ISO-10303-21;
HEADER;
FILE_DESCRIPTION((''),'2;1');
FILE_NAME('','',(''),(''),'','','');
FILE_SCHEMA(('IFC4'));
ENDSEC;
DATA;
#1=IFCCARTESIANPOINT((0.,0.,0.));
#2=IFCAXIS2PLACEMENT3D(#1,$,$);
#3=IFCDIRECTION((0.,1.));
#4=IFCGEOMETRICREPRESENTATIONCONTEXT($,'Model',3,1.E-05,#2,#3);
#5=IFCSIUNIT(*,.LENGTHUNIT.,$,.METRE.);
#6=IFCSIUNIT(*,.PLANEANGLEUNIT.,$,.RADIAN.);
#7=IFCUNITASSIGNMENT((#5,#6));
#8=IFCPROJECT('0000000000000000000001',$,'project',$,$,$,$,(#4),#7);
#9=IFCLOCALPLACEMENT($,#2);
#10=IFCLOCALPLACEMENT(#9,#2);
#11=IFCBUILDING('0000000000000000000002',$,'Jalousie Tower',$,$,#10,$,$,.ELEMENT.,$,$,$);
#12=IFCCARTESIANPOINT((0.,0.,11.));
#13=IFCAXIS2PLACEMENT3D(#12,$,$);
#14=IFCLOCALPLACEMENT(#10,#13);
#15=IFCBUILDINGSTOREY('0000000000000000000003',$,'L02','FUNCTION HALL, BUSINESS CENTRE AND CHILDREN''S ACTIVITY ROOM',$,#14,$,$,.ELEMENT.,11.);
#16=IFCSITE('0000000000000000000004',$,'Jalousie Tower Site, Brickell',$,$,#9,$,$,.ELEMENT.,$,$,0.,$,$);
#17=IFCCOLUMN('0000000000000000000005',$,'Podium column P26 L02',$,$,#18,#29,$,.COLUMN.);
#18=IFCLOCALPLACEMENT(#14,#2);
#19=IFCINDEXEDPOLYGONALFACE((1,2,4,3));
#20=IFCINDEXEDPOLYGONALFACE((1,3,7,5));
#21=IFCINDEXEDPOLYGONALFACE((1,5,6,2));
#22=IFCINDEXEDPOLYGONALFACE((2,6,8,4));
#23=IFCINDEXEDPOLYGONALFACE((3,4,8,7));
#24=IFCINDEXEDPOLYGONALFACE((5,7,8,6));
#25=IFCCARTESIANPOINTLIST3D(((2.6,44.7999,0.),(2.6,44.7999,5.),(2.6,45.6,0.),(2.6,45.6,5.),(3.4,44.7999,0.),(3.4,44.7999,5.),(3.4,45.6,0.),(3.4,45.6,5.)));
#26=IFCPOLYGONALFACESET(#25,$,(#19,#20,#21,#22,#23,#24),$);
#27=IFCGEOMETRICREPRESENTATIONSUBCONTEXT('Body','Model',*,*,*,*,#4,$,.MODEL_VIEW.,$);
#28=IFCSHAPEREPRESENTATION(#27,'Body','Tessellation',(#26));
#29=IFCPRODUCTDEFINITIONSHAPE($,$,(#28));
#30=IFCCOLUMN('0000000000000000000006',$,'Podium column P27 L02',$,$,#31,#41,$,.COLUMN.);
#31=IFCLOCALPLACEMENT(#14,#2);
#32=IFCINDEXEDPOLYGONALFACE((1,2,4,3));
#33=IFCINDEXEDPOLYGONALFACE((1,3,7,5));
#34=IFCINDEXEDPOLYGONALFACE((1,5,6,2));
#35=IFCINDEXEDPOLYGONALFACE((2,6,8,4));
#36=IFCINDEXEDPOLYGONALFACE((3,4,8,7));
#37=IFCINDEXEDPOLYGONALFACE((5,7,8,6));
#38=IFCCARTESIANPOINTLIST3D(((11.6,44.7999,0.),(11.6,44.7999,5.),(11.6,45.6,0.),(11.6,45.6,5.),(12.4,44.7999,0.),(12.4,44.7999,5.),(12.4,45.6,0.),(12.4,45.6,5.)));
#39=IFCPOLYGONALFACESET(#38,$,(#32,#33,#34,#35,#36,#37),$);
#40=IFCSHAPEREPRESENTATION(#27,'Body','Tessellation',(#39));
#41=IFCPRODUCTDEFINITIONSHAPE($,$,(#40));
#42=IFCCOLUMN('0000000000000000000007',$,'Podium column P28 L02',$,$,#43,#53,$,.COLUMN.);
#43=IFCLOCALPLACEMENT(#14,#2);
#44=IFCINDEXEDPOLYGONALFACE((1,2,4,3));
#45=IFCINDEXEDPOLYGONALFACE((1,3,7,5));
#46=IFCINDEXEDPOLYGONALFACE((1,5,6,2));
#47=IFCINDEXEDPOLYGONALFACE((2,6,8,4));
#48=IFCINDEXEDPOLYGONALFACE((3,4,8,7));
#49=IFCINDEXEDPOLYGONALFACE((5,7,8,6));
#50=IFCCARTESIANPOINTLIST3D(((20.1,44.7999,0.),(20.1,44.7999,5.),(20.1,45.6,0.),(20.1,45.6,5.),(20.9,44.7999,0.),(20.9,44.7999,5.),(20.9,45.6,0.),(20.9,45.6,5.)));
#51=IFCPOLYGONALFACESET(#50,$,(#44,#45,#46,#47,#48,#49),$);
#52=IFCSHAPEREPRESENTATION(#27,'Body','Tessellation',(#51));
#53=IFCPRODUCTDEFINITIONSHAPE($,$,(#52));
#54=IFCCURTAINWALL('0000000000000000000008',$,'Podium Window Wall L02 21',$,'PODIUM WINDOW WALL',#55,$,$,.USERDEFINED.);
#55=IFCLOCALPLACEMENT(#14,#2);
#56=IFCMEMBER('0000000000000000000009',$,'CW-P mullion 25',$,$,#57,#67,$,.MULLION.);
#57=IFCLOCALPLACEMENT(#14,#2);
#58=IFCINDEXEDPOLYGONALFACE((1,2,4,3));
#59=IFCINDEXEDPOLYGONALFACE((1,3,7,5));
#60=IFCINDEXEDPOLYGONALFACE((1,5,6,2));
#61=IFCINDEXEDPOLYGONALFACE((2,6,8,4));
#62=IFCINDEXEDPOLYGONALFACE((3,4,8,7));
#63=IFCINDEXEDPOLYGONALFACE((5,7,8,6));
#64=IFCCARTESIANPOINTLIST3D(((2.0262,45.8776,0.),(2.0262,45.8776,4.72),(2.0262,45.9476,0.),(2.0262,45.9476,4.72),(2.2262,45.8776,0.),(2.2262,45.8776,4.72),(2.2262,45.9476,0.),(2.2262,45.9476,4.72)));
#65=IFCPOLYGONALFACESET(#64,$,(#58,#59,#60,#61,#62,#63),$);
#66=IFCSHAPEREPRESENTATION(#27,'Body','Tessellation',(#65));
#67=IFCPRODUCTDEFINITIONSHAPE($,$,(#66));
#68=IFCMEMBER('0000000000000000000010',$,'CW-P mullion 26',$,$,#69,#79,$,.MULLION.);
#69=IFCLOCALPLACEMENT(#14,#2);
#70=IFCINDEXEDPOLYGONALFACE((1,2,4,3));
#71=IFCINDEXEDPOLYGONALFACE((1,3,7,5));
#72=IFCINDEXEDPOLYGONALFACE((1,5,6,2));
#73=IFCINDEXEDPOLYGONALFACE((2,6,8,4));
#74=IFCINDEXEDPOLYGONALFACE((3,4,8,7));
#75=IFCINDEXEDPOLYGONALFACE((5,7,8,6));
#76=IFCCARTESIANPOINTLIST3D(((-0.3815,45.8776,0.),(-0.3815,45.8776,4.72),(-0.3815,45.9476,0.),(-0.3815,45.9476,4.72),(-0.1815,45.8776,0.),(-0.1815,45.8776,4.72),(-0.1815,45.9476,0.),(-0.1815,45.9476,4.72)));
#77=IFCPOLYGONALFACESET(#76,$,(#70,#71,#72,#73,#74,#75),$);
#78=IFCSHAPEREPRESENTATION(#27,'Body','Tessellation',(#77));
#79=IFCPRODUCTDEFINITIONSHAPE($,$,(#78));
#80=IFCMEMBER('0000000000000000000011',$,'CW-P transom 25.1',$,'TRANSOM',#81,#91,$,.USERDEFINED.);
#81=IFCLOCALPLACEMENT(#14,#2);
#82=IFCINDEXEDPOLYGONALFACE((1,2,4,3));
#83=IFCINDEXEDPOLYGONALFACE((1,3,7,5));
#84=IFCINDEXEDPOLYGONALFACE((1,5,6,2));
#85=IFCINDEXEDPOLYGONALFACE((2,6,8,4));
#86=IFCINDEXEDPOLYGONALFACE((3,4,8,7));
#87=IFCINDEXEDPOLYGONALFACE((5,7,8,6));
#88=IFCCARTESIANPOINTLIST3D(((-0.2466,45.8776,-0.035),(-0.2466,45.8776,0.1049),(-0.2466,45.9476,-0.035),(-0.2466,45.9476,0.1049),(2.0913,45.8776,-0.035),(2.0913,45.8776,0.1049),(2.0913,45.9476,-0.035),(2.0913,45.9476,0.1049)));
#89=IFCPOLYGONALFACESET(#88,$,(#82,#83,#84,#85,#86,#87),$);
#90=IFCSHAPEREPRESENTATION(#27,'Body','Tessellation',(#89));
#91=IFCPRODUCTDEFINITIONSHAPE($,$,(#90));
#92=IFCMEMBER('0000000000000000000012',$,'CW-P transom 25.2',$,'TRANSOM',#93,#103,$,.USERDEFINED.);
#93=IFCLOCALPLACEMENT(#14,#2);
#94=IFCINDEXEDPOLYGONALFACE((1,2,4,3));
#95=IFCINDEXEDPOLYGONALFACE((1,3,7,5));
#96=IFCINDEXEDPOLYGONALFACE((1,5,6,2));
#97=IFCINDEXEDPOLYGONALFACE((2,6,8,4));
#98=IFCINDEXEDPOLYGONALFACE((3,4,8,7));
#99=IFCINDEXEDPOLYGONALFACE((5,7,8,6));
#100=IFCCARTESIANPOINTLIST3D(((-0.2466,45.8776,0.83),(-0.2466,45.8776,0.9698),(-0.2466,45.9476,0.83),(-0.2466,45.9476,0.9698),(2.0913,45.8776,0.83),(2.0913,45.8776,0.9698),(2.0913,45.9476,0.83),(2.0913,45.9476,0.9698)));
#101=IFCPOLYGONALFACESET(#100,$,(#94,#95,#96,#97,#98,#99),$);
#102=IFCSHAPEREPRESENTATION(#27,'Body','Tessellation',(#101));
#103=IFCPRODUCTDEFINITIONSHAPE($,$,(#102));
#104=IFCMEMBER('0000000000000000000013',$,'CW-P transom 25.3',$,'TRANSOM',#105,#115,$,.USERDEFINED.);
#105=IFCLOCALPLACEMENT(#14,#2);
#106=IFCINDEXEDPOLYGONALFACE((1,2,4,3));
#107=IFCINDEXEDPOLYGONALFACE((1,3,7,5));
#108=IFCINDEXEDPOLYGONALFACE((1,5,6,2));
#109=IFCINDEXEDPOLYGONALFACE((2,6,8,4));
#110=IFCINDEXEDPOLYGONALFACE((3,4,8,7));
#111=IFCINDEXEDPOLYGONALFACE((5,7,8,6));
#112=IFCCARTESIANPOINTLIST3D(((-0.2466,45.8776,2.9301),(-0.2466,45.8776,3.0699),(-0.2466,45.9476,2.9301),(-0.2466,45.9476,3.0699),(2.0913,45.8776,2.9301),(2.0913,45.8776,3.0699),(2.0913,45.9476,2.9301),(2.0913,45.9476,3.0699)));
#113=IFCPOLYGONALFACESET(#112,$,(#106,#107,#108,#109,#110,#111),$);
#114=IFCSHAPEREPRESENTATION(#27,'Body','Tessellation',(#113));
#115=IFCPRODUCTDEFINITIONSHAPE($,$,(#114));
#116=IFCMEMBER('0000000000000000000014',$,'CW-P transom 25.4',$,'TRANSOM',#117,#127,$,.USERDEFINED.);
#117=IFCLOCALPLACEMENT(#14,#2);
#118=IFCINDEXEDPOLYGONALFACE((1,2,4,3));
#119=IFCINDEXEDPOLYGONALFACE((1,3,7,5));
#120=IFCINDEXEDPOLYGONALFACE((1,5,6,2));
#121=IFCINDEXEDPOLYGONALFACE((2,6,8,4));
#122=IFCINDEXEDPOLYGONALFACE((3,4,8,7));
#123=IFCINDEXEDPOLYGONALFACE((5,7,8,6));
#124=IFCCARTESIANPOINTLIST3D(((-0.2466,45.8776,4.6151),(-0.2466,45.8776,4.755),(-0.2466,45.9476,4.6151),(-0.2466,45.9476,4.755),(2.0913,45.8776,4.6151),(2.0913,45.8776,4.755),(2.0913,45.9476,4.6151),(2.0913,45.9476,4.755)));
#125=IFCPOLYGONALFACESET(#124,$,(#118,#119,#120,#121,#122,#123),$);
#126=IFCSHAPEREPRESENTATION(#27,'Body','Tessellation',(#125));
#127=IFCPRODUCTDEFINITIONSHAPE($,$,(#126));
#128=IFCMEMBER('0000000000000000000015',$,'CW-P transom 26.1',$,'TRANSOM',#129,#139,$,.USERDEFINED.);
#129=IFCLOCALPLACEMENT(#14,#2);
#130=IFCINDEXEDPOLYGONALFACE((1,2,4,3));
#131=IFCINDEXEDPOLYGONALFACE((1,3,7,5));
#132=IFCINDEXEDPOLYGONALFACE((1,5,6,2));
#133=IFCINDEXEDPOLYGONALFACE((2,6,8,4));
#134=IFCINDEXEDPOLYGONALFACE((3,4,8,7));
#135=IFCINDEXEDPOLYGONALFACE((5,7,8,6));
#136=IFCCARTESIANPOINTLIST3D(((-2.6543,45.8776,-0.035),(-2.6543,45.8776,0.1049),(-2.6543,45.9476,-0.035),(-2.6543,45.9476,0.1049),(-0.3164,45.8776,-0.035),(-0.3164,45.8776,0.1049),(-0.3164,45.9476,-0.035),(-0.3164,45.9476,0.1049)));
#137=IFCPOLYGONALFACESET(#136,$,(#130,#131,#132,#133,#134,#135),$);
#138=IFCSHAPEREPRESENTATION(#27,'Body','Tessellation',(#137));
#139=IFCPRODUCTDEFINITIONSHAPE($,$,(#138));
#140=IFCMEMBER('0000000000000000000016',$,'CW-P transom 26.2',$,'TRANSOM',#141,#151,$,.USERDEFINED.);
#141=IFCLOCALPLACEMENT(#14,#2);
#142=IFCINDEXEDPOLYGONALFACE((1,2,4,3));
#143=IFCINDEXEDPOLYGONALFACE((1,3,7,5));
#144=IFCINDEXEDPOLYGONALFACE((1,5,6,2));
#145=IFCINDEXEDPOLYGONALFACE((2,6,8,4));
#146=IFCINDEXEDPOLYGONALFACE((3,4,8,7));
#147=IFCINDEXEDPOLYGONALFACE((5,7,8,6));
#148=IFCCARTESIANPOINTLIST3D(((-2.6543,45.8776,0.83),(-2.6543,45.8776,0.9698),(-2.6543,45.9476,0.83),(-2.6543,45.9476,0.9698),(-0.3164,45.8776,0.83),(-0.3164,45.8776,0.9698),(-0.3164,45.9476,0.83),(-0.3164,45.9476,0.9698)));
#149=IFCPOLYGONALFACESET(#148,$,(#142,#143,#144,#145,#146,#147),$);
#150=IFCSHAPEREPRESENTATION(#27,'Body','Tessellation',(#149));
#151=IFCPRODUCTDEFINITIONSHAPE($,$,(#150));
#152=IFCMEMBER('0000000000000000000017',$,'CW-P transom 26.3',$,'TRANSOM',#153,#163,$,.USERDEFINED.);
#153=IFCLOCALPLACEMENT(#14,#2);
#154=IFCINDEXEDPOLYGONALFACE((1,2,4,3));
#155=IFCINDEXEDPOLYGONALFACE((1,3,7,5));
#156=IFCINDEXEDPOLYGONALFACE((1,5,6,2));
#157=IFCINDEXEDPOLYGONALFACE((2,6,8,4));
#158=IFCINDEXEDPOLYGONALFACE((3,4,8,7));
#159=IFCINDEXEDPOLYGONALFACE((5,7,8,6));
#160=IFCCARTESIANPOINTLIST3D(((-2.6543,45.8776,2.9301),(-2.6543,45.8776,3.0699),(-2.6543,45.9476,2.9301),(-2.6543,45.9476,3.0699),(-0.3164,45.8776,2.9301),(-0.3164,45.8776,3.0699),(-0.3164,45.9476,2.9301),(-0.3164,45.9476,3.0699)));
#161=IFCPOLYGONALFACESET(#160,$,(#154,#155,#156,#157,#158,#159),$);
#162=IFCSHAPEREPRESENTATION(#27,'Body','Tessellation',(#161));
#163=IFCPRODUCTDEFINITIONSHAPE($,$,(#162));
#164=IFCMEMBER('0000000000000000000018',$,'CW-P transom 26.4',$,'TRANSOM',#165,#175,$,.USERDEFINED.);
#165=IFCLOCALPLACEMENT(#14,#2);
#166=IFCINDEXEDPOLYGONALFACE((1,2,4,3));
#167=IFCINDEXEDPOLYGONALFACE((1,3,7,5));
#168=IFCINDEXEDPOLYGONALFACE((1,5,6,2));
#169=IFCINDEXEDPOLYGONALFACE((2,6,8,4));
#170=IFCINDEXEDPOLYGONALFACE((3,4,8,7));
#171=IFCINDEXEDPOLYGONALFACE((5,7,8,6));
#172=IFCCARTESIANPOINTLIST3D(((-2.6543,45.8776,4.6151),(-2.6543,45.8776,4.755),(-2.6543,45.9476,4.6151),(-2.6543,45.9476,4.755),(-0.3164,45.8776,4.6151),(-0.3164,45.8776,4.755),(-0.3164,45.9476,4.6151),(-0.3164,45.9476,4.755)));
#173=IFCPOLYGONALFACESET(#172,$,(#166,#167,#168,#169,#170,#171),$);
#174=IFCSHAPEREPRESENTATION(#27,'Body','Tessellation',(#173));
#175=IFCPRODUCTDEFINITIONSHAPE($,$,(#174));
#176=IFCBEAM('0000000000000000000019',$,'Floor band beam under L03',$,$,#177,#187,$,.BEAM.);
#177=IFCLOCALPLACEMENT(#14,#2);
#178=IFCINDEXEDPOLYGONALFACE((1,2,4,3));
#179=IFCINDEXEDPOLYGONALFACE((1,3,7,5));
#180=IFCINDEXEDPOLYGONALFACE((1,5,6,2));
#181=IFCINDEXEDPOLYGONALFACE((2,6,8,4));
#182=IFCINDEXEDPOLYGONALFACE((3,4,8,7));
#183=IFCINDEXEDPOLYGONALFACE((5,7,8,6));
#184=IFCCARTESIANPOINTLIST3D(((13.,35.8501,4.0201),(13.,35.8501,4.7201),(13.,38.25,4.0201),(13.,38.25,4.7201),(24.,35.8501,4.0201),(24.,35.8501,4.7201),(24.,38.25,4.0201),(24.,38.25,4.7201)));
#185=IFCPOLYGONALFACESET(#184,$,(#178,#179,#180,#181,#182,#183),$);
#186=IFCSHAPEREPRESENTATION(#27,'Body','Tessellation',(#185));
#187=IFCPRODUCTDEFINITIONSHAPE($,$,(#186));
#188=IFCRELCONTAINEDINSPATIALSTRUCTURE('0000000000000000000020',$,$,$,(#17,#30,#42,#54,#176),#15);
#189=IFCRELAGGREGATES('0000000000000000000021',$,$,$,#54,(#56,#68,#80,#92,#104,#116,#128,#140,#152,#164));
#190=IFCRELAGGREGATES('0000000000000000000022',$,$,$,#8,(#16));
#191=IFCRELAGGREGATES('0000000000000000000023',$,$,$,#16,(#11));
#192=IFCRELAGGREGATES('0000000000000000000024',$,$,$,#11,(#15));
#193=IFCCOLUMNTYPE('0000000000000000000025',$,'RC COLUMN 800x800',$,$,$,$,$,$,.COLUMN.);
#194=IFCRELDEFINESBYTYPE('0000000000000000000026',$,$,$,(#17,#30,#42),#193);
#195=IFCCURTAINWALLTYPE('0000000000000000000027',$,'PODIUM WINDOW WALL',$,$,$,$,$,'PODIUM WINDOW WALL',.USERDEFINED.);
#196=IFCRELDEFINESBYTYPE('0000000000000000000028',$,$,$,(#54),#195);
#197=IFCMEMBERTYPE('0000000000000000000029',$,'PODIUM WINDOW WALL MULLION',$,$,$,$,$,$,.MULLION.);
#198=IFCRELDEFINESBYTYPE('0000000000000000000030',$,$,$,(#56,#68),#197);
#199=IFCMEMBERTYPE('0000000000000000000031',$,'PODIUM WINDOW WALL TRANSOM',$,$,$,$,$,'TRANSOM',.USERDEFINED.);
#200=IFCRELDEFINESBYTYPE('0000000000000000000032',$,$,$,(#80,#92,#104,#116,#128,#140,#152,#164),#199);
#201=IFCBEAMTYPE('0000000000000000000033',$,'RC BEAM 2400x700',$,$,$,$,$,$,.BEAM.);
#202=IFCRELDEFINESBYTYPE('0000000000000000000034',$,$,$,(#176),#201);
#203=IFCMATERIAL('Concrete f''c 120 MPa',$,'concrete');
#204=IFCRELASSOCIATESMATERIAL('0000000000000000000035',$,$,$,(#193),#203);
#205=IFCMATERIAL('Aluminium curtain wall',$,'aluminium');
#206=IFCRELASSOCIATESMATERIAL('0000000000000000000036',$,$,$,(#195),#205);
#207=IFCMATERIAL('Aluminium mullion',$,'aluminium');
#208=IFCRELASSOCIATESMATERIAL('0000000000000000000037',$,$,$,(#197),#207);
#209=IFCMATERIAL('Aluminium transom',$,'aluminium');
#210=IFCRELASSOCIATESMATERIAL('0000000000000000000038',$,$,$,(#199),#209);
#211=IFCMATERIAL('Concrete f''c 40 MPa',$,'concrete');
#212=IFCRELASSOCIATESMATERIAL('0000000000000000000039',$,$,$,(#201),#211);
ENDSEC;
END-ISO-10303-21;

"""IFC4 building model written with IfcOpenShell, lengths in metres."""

from ifc_helpers import new_model, si_unit, direction, frame, origin, origin_2d, place, context, subcontext, project, spatial, rectangle, extrude, material, material_profile, profile_set, type_object, element, aggregate, save


model = new_model("IFC4")

# Units and contexts
model_context = context("Model", 3, precision=1e-05, world=origin(), true_north=direction((0.0, 1.0)))
body_context = subcontext(model_context, "Body", "Model", "MODEL_VIEW")
ifc_project = project(units=[si_unit("LENGTHUNIT", "METRE"), si_unit("PLANEANGLEUNIT", "RADIAN")], contexts=[model_context])

# Site, building, storey
site_placement = place(None, origin())
site = spatial("IfcSite", under=ifc_project, at=site_placement, Name="Jalousie Tower Site, Brickell", CompositionType="ELEMENT", RefElevation=0.0)
building_placement = place(site_placement, origin())
building = spatial("IfcBuilding", under=site, at=building_placement, Name="Jalousie Tower", CompositionType="ELEMENT")
storey_placement = place(building_placement, frame((0.0, 0.0, 11.0)))
storey = spatial("IfcBuildingStorey", under=building, at=storey_placement, Name="L02", Description="FUNCTION HALL, BUSINESS CENTRE AND CHILDREN'S ACTIVITY ROOM", CompositionType="ELEMENT", Elevation=11.0)

# Columns
ifc_material_1 = material(Name="Concrete f'c 120 MPa", Category="concrete")
ifc_material_profile_1 = material_profile(ifc_material_1, rectangle(XDim=0.8, YDim=0.8, at=origin_2d()), Name="RC 800x800")
ifc_profile_set_1 = profile_set([ifc_material_profile_1], Name="Concrete f'c 120 MPa")
column_type = type_object("IfcColumnType", Name="RC COLUMN 800x800", PredefinedType="COLUMN", material=ifc_profile_set_1)
for number, where, z_axis, x_axis, name in (
    (1, (3.0, 45.2, 0.0), (0.0, 0.0, 1.0), (1.0, 0.0, 0.0), "Podium column P26 L02"),
    (2, (12.0, 45.2, 0.0), (0.0, 0.0, 1.0), (1.0, 0.0, 0.0), "Podium column P27 L02"),
    (3, (20.5, 45.2, 0.0), (0.0, 0.0, 1.0), (1.0, 0.0, 0.0), "Podium column P28 L02"),
):
    element("IfcColumn", number, at=place(storey_placement, frame(where, z_axis=z_axis, x_axis=x_axis)), inside=storey, type_object=column_type, Name=name, PredefinedType="COLUMN", context=body_context, shape_type="SweptSolid", body=[
        extrude(rectangle(XDim=0.8, YDim=0.8, at=origin_2d()), origin(), (0.0, 0.0, 1.0), 5.0),
    ])

# Curtain wall, members
ifc_material_2 = material(Name="Aluminium curtain wall", Category="aluminium")
curtain_wall_type = type_object("IfcCurtainWallType", Name="PODIUM WINDOW WALL", ElementType="PODIUM WINDOW WALL", PredefinedType="USERDEFINED", material=ifc_material_2)
curtain_wall_placement = place(storey_placement, origin())
curtain_wall = element("IfcCurtainWall", 4, at=curtain_wall_placement, inside=storey, type_object=curtain_wall_type, Name="Podium Window Wall L02 21", ObjectType="PODIUM WINDOW WALL", PredefinedType="USERDEFINED")
ifc_material_3 = material(Name="Aluminium mullion", Category="aluminium")
ifc_material_profile_2 = material_profile(ifc_material_3, rectangle(XDim=0.0701, YDim=0.2, at=origin_2d()), Name="MULLION 70x200")
ifc_profile_set_2 = profile_set([ifc_material_profile_2], Name="Aluminium mullion")
member_type_1 = type_object("IfcMemberType", Name="PODIUM WINDOW WALL MULLION", PredefinedType="MULLION", material=ifc_profile_set_2)
member_1_placement = place(storey_placement, frame((2.1262, 45.9126, 0.0), z_axis=(0.0, 0.0, 1.0), x_axis=(0.0, -1.0, 0.0)))
member_1 = element("IfcMember", 5, at=member_1_placement, type_object=member_type_1, Name="CW-P mullion 25", PredefinedType="MULLION", context=body_context, shape_type="SweptSolid", body=[
    extrude(rectangle(XDim=0.0701, YDim=0.2, at=origin_2d()), origin(), (0.0, 0.0, 1.0), 4.72),
])
member_2_placement = place(storey_placement, frame((-0.2815, 45.9126, 0.0), z_axis=(0.0, 0.0, 1.0), x_axis=(0.0, -1.0, 0.0)))
member_2 = element("IfcMember", 6, at=member_2_placement, type_object=member_type_1, Name="CW-P mullion 26", PredefinedType="MULLION", context=body_context, shape_type="SweptSolid", body=[
    extrude(rectangle(XDim=0.0701, YDim=0.2, at=origin_2d()), origin(), (0.0, 0.0, 1.0), 4.72),
])
ifc_material_4 = material(Name="Aluminium transom", Category="aluminium")
ifc_material_profile_3 = material_profile(ifc_material_4, rectangle(XDim=0.0701, YDim=0.1399, at=origin_2d()), Name="TRANSOM 70x140")
ifc_profile_set_3 = profile_set([ifc_material_profile_3], Name="Aluminium transom")
member_type_2 = type_object("IfcMemberType", Name="PODIUM WINDOW WALL TRANSOM", ElementType="TRANSOM", PredefinedType="USERDEFINED", material=ifc_profile_set_3)
member_3_placement = place(storey_placement, frame((2.0913, 45.9126, 0.0349), z_axis=(-1.0, 0.0, 0.0), x_axis=(0.0, -1.0, 0.0)))
member_3 = element("IfcMember", 7, at=member_3_placement, type_object=member_type_2, Name="CW-P transom 25.1", ObjectType="TRANSOM", PredefinedType="USERDEFINED", context=body_context, shape_type="SweptSolid", body=[
    extrude(rectangle(XDim=0.0701, YDim=0.1399, at=origin_2d()), origin(), (0.0, 0.0, 1.0), 2.3379),
])
member_4_placement = place(storey_placement, frame((2.0913, 45.9126, 0.8999), z_axis=(-1.0, 0.0, 0.0), x_axis=(0.0, -1.0, 0.0)))
member_4 = element("IfcMember", 8, at=member_4_placement, type_object=member_type_2, Name="CW-P transom 25.2", ObjectType="TRANSOM", PredefinedType="USERDEFINED", context=body_context, shape_type="SweptSolid", body=[
    extrude(rectangle(XDim=0.0701, YDim=0.1399, at=origin_2d()), origin(), (0.0, 0.0, 1.0), 2.3379),
])
member_5_placement = place(storey_placement, frame((2.0913, 45.9126, 3.0), z_axis=(-1.0, 0.0, 0.0), x_axis=(0.0, -1.0, 0.0)))
member_5 = element("IfcMember", 9, at=member_5_placement, type_object=member_type_2, Name="CW-P transom 25.3", ObjectType="TRANSOM", PredefinedType="USERDEFINED", context=body_context, shape_type="SweptSolid", body=[
    extrude(rectangle(XDim=0.0701, YDim=0.1399, at=origin_2d()), origin(), (0.0, 0.0, 1.0), 2.3379),
])
member_6_placement = place(storey_placement, frame((2.0913, 45.9126, 4.6851), z_axis=(-1.0, 0.0, 0.0), x_axis=(0.0, -1.0, 0.0)))
member_6 = element("IfcMember", 10, at=member_6_placement, type_object=member_type_2, Name="CW-P transom 25.4", ObjectType="TRANSOM", PredefinedType="USERDEFINED", context=body_context, shape_type="SweptSolid", body=[
    extrude(rectangle(XDim=0.0701, YDim=0.1399, at=origin_2d()), origin(), (0.0, 0.0, 1.0), 2.3379),
])
member_7_placement = place(storey_placement, frame((-0.3164, 45.9126, 0.0349), z_axis=(-1.0, 0.0, 0.0), x_axis=(0.0, -1.0, 0.0)))
member_7 = element("IfcMember", 11, at=member_7_placement, type_object=member_type_2, Name="CW-P transom 26.1", ObjectType="TRANSOM", PredefinedType="USERDEFINED", context=body_context, shape_type="SweptSolid", body=[
    extrude(rectangle(XDim=0.0701, YDim=0.1399, at=origin_2d()), origin(), (0.0, 0.0, 1.0), 2.3379),
])
member_8_placement = place(storey_placement, frame((-0.3164, 45.9126, 0.8999), z_axis=(-1.0, 0.0, 0.0), x_axis=(0.0, -1.0, 0.0)))
member_8 = element("IfcMember", 12, at=member_8_placement, type_object=member_type_2, Name="CW-P transom 26.2", ObjectType="TRANSOM", PredefinedType="USERDEFINED", context=body_context, shape_type="SweptSolid", body=[
    extrude(rectangle(XDim=0.0701, YDim=0.1399, at=origin_2d()), origin(), (0.0, 0.0, 1.0), 2.3379),
])
member_9_placement = place(storey_placement, frame((-0.3164, 45.9126, 3.0), z_axis=(-1.0, 0.0, 0.0), x_axis=(0.0, -1.0, 0.0)))
member_9 = element("IfcMember", 13, at=member_9_placement, type_object=member_type_2, Name="CW-P transom 26.3", ObjectType="TRANSOM", PredefinedType="USERDEFINED", context=body_context, shape_type="SweptSolid", body=[
    extrude(rectangle(XDim=0.0701, YDim=0.1399, at=origin_2d()), origin(), (0.0, 0.0, 1.0), 2.3379),
])
member_10_placement = place(storey_placement, frame((-0.3164, 45.9126, 4.6851), z_axis=(-1.0, 0.0, 0.0), x_axis=(0.0, -1.0, 0.0)))
member_10 = element("IfcMember", 14, at=member_10_placement, type_object=member_type_2, Name="CW-P transom 26.4", ObjectType="TRANSOM", PredefinedType="USERDEFINED", context=body_context, shape_type="SweptSolid", body=[
    extrude(rectangle(XDim=0.0701, YDim=0.1399, at=origin_2d()), origin(), (0.0, 0.0, 1.0), 2.3379),
])

# Beam
ifc_material_5 = material(Name="Concrete f'c 40 MPa", Category="concrete")
ifc_material_profile_4 = material_profile(ifc_material_5, rectangle(XDim=2.3999, YDim=0.7, at=origin_2d()), Name="RC 2400x700")
ifc_profile_set_4 = profile_set([ifc_material_profile_4], Name="Concrete f'c 40 MPa")
beam_type_1 = type_object("IfcBeamType", Name="RC BEAM 2400x700", PredefinedType="BEAM", material=ifc_profile_set_4)
beam_1_placement = place(storey_placement, frame((24.0, 37.05, 4.3701), z_axis=(-1.0, 0.0, 0.0), x_axis=(0.0, -1.0, 0.0)))
element("IfcBeam", 15, at=beam_1_placement, inside=storey, type_object=beam_type_1, Name="Floor band beam under L03", PredefinedType="BEAM", context=body_context, shape_type="SweptSolid", body=[
    extrude(rectangle(XDim=2.3999, YDim=0.7, at=origin_2d()), origin(), (0.0, 0.0, 1.0), 11.0),
])

aggregate(curtain_wall, [member_1, member_2, member_3, member_4, member_5, member_6, member_7, member_8, member_9, member_10])

save(model, "model.ifc")
